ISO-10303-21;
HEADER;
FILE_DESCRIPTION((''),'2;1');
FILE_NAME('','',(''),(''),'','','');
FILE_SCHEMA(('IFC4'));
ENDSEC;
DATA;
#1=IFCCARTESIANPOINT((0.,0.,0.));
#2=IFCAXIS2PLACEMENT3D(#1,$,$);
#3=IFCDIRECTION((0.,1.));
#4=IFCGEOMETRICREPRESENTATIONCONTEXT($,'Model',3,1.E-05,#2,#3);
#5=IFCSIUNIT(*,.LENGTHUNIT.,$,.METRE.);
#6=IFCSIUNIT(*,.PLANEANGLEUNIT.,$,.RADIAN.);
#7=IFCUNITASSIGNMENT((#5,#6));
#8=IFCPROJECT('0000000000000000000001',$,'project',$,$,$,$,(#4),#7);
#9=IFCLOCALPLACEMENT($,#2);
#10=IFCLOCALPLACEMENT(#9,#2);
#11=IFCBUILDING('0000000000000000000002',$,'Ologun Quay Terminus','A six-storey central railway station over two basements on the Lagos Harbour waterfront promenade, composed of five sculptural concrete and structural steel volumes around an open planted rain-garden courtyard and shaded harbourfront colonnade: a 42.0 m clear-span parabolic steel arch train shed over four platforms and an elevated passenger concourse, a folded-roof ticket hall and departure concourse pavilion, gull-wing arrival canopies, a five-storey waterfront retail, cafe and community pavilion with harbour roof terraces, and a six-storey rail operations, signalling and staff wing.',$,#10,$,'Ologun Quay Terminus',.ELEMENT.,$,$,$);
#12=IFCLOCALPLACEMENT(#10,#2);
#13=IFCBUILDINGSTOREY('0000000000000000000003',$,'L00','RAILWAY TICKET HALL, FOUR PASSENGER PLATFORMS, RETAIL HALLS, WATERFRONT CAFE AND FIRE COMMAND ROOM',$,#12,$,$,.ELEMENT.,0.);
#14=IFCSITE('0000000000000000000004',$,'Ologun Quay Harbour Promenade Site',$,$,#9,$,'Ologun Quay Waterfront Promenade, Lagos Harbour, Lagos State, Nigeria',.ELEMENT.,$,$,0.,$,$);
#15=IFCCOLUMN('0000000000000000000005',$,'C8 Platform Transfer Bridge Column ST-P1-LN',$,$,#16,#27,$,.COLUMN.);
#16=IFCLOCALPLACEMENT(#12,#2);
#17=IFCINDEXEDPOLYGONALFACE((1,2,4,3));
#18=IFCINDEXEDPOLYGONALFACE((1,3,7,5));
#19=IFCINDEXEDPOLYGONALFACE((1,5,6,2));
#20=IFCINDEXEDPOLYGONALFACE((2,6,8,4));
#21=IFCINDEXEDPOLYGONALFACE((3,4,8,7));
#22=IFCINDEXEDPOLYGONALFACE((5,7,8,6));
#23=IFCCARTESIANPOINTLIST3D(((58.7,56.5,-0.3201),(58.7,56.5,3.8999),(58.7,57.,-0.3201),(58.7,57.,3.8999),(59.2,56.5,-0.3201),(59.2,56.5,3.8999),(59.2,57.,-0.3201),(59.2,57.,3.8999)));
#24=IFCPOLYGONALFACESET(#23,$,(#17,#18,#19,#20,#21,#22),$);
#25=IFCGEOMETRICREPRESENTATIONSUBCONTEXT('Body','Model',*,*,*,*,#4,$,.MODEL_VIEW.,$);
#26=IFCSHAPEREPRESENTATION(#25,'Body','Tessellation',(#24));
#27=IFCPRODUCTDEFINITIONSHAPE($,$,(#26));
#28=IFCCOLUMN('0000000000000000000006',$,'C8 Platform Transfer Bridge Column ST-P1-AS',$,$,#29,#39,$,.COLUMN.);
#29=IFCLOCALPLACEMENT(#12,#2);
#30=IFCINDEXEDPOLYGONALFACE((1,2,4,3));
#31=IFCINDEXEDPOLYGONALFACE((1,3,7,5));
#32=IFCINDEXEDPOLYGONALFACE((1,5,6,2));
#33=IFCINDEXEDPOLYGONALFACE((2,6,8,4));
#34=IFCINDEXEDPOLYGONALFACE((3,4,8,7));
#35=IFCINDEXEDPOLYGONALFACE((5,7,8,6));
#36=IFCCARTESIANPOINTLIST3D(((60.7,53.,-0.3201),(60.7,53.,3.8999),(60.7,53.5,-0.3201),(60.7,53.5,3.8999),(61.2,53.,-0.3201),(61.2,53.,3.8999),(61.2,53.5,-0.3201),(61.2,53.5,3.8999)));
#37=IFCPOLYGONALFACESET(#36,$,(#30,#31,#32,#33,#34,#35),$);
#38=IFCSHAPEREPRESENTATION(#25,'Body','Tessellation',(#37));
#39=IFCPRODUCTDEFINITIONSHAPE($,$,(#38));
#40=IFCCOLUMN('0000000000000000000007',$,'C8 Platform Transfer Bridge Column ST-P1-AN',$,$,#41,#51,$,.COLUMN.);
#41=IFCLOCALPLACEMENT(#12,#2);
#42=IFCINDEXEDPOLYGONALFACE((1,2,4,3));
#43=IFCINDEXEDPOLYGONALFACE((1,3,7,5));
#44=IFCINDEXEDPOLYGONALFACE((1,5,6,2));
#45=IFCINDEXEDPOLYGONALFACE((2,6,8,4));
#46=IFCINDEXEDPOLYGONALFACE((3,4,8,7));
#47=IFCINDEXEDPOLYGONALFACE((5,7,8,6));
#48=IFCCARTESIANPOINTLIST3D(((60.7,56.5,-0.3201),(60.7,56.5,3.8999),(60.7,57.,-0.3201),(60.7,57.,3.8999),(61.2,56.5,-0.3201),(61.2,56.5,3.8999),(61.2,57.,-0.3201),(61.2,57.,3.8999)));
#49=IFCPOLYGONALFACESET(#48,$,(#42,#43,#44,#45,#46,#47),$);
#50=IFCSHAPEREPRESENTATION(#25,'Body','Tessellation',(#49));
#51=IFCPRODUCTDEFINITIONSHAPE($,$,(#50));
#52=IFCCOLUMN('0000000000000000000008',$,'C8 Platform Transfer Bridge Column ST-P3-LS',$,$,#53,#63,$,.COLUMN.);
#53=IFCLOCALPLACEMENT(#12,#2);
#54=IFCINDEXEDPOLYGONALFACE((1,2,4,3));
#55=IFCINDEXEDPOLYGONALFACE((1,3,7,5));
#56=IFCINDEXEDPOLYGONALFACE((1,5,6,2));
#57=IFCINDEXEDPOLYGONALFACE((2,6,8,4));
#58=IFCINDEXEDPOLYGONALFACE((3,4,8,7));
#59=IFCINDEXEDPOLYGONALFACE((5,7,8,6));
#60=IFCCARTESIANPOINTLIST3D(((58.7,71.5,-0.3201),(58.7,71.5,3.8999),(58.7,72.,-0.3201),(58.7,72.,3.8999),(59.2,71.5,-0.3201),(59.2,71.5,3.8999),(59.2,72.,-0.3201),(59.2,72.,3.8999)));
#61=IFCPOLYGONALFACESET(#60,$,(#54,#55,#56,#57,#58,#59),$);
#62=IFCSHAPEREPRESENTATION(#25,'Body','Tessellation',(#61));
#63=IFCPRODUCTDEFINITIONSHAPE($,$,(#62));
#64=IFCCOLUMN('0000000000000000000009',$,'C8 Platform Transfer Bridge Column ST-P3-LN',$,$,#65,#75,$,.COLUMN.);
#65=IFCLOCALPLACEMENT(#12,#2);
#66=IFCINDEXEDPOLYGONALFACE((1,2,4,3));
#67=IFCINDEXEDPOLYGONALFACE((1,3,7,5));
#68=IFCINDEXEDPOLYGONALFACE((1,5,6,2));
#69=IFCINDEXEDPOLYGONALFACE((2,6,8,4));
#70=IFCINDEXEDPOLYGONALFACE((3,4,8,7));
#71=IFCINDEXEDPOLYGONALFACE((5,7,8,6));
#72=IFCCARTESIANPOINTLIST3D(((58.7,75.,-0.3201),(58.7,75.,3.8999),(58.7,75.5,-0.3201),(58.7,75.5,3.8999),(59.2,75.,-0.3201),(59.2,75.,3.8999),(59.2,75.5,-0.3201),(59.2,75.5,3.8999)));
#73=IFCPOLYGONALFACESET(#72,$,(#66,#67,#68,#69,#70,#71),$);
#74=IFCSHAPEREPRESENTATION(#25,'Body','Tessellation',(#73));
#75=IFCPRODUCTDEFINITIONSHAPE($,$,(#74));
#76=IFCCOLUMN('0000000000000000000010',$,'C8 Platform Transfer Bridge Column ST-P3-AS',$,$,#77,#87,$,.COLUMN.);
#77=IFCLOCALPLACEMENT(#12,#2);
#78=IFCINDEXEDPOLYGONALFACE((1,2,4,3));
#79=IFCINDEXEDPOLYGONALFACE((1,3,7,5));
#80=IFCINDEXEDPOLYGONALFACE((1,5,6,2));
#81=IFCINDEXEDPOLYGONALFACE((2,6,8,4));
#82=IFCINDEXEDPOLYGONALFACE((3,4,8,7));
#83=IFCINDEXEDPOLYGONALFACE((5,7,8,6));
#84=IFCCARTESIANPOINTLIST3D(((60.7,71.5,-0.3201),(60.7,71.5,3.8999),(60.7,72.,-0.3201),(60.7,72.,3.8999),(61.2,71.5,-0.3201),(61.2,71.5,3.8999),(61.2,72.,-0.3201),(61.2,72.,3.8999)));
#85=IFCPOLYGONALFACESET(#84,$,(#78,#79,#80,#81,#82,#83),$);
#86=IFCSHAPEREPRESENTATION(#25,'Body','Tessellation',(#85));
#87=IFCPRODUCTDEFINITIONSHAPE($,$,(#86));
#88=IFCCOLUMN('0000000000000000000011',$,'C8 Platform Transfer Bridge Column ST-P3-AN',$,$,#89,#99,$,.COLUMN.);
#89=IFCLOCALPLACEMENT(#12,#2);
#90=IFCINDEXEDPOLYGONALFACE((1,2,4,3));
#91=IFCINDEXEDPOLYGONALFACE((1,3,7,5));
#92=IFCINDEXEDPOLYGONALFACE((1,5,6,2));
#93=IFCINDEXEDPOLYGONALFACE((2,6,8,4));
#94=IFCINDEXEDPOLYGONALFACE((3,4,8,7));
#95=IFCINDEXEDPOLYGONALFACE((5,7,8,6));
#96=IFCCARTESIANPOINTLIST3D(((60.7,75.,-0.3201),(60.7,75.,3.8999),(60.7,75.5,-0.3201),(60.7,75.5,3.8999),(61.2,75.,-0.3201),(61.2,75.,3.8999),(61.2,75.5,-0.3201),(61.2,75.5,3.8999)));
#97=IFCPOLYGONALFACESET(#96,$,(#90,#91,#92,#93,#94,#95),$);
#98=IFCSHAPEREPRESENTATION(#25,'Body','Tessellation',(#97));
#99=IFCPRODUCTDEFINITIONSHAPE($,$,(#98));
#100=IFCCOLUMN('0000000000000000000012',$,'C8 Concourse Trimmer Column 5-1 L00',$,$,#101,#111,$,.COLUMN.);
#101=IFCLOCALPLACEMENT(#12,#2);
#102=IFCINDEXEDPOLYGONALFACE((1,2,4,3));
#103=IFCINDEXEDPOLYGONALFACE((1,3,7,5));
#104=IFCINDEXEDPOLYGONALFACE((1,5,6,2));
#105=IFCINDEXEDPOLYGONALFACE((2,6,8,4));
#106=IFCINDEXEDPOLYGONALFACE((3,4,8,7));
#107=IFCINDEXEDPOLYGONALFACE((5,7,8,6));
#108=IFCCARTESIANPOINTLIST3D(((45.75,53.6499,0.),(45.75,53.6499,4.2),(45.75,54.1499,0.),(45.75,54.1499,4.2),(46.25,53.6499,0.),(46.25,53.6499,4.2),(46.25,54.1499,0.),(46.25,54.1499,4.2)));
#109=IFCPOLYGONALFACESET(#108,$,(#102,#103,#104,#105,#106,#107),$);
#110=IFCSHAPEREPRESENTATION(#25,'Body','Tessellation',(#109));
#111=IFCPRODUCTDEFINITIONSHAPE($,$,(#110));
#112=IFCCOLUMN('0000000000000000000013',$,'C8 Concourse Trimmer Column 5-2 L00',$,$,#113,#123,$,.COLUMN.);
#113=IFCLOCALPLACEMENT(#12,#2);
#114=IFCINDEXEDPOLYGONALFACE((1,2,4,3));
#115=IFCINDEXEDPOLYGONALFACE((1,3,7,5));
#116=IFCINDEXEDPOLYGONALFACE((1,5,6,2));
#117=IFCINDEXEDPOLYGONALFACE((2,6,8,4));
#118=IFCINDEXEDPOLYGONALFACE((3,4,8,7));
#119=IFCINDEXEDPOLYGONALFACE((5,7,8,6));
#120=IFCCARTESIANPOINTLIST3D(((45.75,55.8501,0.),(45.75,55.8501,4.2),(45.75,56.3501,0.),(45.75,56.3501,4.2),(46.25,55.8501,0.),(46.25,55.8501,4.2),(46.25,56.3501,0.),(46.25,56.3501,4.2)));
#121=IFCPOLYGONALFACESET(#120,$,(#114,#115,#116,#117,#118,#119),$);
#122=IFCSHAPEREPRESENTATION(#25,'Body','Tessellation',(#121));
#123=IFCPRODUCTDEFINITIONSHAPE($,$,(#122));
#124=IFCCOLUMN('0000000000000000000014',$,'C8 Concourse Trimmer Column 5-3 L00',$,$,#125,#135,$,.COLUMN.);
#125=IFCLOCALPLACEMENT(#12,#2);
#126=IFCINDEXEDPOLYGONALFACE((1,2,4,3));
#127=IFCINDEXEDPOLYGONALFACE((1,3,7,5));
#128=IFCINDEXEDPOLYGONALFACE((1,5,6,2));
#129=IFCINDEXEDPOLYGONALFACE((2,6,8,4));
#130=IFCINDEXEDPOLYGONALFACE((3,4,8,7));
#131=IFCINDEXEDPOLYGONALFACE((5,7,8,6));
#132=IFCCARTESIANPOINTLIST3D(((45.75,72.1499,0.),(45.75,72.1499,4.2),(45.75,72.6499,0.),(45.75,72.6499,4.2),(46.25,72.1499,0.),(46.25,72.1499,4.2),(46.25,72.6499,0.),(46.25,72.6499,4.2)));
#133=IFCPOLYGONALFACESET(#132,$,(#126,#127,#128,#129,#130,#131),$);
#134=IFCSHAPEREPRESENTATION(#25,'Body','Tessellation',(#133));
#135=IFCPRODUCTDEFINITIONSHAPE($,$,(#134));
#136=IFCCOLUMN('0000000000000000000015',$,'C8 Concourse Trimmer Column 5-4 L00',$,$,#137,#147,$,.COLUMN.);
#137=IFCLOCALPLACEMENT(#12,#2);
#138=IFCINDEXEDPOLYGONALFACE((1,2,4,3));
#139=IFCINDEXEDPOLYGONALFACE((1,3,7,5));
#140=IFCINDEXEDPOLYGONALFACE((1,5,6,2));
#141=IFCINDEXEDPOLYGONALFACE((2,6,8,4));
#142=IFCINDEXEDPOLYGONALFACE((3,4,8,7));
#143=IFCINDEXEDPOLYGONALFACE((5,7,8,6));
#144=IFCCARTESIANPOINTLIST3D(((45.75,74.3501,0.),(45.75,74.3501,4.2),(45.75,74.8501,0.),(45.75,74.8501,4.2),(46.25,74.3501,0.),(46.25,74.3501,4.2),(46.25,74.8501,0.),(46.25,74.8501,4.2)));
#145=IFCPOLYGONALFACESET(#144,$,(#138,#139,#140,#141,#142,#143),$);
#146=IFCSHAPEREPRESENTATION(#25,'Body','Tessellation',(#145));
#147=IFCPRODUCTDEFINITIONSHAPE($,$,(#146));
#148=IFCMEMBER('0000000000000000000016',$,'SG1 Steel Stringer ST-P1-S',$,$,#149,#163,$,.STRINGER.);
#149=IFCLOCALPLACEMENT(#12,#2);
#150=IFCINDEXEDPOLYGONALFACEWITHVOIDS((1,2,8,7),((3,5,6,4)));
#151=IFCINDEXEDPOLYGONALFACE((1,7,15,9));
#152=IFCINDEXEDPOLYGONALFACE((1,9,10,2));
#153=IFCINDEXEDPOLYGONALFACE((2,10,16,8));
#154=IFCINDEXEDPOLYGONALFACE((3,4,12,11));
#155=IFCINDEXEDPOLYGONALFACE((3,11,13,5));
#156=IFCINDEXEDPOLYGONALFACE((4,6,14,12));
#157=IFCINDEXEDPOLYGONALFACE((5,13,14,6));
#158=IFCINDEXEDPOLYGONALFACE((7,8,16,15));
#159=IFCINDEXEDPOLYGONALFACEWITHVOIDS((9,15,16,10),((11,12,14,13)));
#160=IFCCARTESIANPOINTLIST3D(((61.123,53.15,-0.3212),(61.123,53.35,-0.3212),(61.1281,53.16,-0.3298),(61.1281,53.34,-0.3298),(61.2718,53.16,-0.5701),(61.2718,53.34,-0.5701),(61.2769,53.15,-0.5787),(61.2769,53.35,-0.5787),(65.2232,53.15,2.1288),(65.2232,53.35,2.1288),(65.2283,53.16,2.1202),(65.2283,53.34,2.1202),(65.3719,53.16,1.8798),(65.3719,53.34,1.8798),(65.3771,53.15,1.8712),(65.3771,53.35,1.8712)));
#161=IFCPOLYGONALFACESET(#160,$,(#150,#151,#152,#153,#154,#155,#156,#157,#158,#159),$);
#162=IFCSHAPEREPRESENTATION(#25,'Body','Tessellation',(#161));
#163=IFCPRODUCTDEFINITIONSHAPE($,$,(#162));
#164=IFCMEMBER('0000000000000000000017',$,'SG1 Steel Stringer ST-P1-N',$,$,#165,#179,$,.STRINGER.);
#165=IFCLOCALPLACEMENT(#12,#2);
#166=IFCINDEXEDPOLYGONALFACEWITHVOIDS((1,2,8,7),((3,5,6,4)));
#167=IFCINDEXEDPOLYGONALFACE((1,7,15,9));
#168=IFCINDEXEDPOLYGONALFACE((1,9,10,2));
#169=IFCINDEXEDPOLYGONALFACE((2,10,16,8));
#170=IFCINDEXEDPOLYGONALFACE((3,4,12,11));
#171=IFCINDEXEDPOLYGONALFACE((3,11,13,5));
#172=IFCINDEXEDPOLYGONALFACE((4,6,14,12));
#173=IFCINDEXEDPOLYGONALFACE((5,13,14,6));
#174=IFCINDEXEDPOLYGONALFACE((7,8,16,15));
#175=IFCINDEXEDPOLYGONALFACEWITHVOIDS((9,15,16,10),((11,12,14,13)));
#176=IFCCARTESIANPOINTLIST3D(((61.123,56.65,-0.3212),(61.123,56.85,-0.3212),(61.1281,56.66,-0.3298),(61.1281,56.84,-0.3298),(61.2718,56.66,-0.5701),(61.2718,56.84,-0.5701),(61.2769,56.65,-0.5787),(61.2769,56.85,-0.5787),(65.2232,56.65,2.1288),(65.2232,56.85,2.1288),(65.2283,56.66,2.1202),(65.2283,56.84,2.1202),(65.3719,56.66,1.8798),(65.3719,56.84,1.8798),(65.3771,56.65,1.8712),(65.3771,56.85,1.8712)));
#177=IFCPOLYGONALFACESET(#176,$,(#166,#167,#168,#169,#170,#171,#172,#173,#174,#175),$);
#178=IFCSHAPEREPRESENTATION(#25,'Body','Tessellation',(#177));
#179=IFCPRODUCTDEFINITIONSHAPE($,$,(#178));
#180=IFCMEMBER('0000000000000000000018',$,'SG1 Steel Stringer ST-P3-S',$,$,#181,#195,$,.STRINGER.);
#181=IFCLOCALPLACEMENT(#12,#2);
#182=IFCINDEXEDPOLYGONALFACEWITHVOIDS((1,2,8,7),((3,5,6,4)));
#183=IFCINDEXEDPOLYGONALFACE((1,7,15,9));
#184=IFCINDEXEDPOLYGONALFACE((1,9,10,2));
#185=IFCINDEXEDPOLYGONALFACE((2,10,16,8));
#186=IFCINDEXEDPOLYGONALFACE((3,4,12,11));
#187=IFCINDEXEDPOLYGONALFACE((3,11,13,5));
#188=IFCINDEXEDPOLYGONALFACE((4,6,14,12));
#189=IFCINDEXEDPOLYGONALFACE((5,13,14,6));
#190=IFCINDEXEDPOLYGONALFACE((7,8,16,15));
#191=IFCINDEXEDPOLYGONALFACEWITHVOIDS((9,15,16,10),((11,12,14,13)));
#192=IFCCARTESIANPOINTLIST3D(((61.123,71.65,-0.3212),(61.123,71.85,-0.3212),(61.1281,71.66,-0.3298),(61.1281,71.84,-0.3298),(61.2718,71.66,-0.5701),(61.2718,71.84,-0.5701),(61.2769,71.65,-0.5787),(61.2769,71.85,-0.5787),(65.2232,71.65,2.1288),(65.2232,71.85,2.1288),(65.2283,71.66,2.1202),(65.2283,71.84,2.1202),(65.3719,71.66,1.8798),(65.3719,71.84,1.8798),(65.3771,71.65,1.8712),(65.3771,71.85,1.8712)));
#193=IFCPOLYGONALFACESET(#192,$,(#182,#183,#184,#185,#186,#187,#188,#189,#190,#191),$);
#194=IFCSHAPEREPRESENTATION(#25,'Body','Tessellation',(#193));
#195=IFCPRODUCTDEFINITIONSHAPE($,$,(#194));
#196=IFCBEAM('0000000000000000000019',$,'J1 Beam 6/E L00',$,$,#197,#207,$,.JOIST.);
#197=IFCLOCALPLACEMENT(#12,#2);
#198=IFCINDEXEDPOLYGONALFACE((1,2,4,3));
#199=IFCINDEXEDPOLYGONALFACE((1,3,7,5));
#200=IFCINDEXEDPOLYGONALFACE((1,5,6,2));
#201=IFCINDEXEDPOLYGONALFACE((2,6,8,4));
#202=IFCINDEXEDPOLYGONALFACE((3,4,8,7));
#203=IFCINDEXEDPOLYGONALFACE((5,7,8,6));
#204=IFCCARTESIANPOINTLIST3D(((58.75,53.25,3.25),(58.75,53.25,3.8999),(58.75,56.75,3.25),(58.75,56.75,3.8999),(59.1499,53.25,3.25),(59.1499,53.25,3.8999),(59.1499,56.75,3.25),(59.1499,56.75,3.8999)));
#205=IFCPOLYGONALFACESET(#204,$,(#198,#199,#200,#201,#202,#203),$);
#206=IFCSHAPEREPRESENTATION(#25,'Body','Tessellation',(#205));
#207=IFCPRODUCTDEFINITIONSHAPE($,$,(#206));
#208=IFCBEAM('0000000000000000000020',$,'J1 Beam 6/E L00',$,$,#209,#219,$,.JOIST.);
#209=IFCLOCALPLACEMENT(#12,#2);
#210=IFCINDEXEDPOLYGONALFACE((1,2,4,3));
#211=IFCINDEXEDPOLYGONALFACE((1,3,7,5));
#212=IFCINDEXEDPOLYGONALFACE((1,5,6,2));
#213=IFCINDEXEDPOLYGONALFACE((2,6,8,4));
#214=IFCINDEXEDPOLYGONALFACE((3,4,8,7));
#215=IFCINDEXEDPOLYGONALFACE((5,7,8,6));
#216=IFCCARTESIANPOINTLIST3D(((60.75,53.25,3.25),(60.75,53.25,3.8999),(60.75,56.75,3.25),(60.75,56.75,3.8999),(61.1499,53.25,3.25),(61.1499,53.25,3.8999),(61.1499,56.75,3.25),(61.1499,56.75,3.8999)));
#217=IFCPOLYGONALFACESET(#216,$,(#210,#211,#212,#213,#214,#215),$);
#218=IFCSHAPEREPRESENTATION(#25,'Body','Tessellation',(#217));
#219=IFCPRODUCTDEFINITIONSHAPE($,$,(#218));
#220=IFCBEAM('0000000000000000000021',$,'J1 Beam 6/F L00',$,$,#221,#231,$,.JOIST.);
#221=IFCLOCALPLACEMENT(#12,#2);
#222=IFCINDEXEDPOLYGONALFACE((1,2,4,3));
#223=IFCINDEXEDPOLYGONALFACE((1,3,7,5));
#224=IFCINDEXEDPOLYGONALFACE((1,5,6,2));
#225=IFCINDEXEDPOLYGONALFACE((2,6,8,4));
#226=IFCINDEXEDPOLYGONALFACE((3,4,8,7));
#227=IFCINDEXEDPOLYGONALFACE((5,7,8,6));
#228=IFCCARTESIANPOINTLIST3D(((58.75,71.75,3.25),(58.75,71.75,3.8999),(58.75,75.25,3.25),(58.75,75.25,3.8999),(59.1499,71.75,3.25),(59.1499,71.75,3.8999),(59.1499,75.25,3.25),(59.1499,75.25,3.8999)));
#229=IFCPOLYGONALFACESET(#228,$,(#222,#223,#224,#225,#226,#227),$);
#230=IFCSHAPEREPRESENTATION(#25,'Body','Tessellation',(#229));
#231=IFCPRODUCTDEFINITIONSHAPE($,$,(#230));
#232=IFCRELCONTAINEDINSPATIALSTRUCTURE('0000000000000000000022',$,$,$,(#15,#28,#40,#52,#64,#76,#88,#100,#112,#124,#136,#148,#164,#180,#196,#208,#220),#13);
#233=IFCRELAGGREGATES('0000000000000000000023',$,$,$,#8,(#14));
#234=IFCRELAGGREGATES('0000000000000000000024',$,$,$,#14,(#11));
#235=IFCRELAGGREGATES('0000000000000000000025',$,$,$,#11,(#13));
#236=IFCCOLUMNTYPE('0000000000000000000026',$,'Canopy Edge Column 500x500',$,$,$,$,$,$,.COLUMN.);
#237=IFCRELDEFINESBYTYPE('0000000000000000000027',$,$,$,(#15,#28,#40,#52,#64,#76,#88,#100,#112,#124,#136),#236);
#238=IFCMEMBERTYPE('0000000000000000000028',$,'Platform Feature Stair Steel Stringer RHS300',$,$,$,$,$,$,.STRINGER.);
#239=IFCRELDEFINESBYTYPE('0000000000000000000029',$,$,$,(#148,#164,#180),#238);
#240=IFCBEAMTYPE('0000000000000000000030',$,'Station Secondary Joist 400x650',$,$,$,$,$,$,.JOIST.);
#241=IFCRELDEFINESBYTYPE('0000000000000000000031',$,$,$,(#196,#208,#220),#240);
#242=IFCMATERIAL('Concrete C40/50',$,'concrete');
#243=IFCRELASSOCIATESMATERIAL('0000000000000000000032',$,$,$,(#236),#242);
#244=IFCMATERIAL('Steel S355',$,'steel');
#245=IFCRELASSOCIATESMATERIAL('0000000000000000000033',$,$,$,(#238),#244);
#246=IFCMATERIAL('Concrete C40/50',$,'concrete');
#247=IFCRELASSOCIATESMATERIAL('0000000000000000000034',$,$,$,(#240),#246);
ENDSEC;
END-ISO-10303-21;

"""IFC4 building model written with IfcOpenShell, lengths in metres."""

from ifc_helpers import new_model, si_unit, direction, frame, origin, origin_2d, place, context, subcontext, project, spatial, rectangle, hollow_rectangle, extrude, material, material_profile, profile_set, type_object, element, save


model = new_model("IFC4")

# Units and contexts
model_context = context("Model", 3, precision=1e-05, world=origin(), true_north=direction((0.0, 1.0)))
body_context = subcontext(model_context, "Body", "Model", "MODEL_VIEW")
ifc_project = project(units=[si_unit("LENGTHUNIT", "METRE"), si_unit("PLANEANGLEUNIT", "RADIAN")], contexts=[model_context])

# Site, building, storey
site_placement = place(None, origin())
site = spatial("IfcSite", under=ifc_project, at=site_placement, Name="Ologun Quay Harbour Promenade Site", LongName="Ologun Quay Waterfront Promenade, Lagos Harbour, Lagos State, Nigeria", CompositionType="ELEMENT", RefElevation=0.0)
building_placement = place(site_placement, origin())
building = spatial("IfcBuilding", under=site, at=building_placement, Name="Ologun Quay Terminus", Description="A six-storey central railway station over two basements on the Lagos Harbour waterfront promenade, composed of five sculptural concrete and structural steel volumes around an open planted rain-garden courtyard and shaded harbourfront colonnade: a 42.0 m clear-span parabolic steel arch train shed over four platforms and an elevated passenger concourse, a folded-roof ticket hall and departure concourse pavilion, gull-wing arrival canopies, a five-storey waterfront retail, cafe and community pavilion with harbour roof terraces, and a six-storey rail operations, signalling and staff wing.", LongName="Ologun Quay Terminus", CompositionType="ELEMENT")
storey_placement = place(building_placement, origin())
storey = spatial("IfcBuildingStorey", under=building, at=storey_placement, Name="L00", Description="RAILWAY TICKET HALL, FOUR PASSENGER PLATFORMS, RETAIL HALLS, WATERFRONT CAFE AND FIRE COMMAND ROOM", CompositionType="ELEMENT", Elevation=0.0)

# Columns
ifc_material_1 = material(Name="Concrete C40/50", Category="concrete")
ifc_material_profile_1 = material_profile(ifc_material_1, rectangle(XDim=0.5, YDim=0.5, at=origin_2d()), Name="RC 500x500")
ifc_profile_set_1 = profile_set([ifc_material_profile_1], Name="Concrete C40/50")
column_type = type_object("IfcColumnType", Name="Canopy Edge Column 500x500", PredefinedType="COLUMN", material=ifc_profile_set_1)
for number, where, z_axis, x_axis, name in (
    (1, (58.95, 56.75, -0.3201), (0.0, 0.0, 1.0), (1.0, 0.0, 0.0), "C8 Platform Transfer Bridge Column ST-P1-LN"),
    (2, (60.95, 53.25, -0.3201), (0.0, 0.0, 1.0), (1.0, 0.0, 0.0), "C8 Platform Transfer Bridge Column ST-P1-AS"),
    (3, (60.95, 56.75, -0.3201), (0.0, 0.0, 1.0), (1.0, 0.0, 0.0), "C8 Platform Transfer Bridge Column ST-P1-AN"),
    (4, (58.95, 71.75, -0.3201), (0.0, 0.0, 1.0), (1.0, 0.0, 0.0), "C8 Platform Transfer Bridge Column ST-P3-LS"),
    (5, (58.95, 75.25, -0.3201), (0.0, 0.0, 1.0), (1.0, 0.0, 0.0), "C8 Platform Transfer Bridge Column ST-P3-LN"),
    (6, (60.95, 71.75, -0.3201), (0.0, 0.0, 1.0), (1.0, 0.0, 0.0), "C8 Platform Transfer Bridge Column ST-P3-AS"),
    (7, (60.95, 75.25, -0.3201), (0.0, 0.0, 1.0), (1.0, 0.0, 0.0), "C8 Platform Transfer Bridge Column ST-P3-AN"),
):
    element("IfcColumn", number, at=place(storey_placement, frame(where, z_axis=z_axis, x_axis=x_axis)), inside=storey, type_object=column_type, Name=name, PredefinedType="COLUMN", context=body_context, shape_type="SweptSolid", body=[
        extrude(rectangle(XDim=0.5, YDim=0.5, at=origin_2d()), origin(), (0.0, 0.0, 1.0), 4.22),
    ])
for number, where, z_axis, x_axis, name in (
    (8, (46.0, 53.8999, 0.0), (0.0, 0.0, 1.0), (1.0, 0.0, 0.0), "C8 Concourse Trimmer Column 5-1 L00"),
    (9, (46.0, 56.1001, 0.0), (0.0, 0.0, 1.0), (1.0, 0.0, 0.0), "C8 Concourse Trimmer Column 5-2 L00"),
    (10, (46.0, 72.3999, 0.0), (0.0, 0.0, 1.0), (1.0, 0.0, 0.0), "C8 Concourse Trimmer Column 5-3 L00"),
    (11, (46.0, 74.6001, 0.0), (0.0, 0.0, 1.0), (1.0, 0.0, 0.0), "C8 Concourse Trimmer Column 5-4 L00"),
):
    element("IfcColumn", number, at=place(storey_placement, frame(where, z_axis=z_axis, x_axis=x_axis)), inside=storey, type_object=column_type, Name=name, PredefinedType="COLUMN", context=body_context, shape_type="SweptSolid", body=[
        extrude(rectangle(XDim=0.5, YDim=0.5, at=origin_2d()), origin(), (0.0, 0.0, 1.0), 4.2),
    ])

# Members
ifc_material_2 = material(Name="Steel S355", Category="steel")
ifc_material_profile_2 = material_profile(ifc_material_2, hollow_rectangle(XDim=0.2, YDim=0.3, WallThickness=0.01, at=origin_2d()), Name="RHS 300x200x10")
ifc_profile_set_2 = profile_set([ifc_material_profile_2], Name="Steel S355")
member_type = type_object("IfcMemberType", Name="Platform Feature Stair Steel Stringer RHS300", PredefinedType="STRINGER", material=ifc_profile_set_2)
for number, where, z_axis, x_axis, name in (
    (12, (61.2, 53.25, -0.45), (0.858425, 0.0, 0.512939), (0.0, 1.0, 0.0), "SG1 Steel Stringer ST-P1-S"),
    (13, (61.2, 56.75, -0.45), (0.858425, 0.0, 0.512939), (0.0, 1.0, 0.0), "SG1 Steel Stringer ST-P1-N"),
    (14, (61.2, 71.75, -0.45), (0.858425, 0.0, 0.512939), (0.0, 1.0, 0.0), "SG1 Steel Stringer ST-P3-S"),
):
    element("IfcMember", number, at=place(storey_placement, frame(where, z_axis=z_axis, x_axis=x_axis)), inside=storey, type_object=member_type, Name=name, PredefinedType="STRINGER", context=body_context, shape_type="SweptSolid", body=[
        extrude(hollow_rectangle(XDim=0.2, YDim=0.3, WallThickness=0.01, at=origin_2d()), origin(), (0.0, 0.0, 1.0), 4.7764),
    ])

# Beams
ifc_material_3 = material(Name="Concrete C40/50", Category="concrete")
ifc_material_profile_3 = material_profile(ifc_material_3, rectangle(XDim=0.3999, YDim=0.6499, at=origin_2d()), Name="RC 400x650")
ifc_profile_set_3 = profile_set([ifc_material_profile_3], Name="Concrete C40/50")
beam_type = type_object("IfcBeamType", Name="Station Secondary Joist 400x650", PredefinedType="JOIST", material=ifc_profile_set_3)
for number, where, z_axis, x_axis, name in (
    (15, (58.95, 53.25, 3.575), (0.0, 1.0, 0.0), (-1.0, 0.0, 0.0), "J1 Beam 6/E L00"),
    (16, (60.95, 53.25, 3.575), (0.0, 1.0, 0.0), (-1.0, 0.0, 0.0), "J1 Beam 6/E L00"),
    (17, (58.95, 71.75, 3.575), (0.0, 1.0, 0.0), (-1.0, 0.0, 0.0), "J1 Beam 6/F L00"),
):
    element("IfcBeam", number, at=place(storey_placement, frame(where, z_axis=z_axis, x_axis=x_axis)), inside=storey, type_object=beam_type, Name=name, PredefinedType="JOIST", context=body_context, shape_type="SweptSolid", body=[
        extrude(rectangle(XDim=0.3999, YDim=0.6499, at=origin_2d()), origin(), (0.0, 0.0, 1.0), 3.5),
    ])

save(model, "model.ifc")
